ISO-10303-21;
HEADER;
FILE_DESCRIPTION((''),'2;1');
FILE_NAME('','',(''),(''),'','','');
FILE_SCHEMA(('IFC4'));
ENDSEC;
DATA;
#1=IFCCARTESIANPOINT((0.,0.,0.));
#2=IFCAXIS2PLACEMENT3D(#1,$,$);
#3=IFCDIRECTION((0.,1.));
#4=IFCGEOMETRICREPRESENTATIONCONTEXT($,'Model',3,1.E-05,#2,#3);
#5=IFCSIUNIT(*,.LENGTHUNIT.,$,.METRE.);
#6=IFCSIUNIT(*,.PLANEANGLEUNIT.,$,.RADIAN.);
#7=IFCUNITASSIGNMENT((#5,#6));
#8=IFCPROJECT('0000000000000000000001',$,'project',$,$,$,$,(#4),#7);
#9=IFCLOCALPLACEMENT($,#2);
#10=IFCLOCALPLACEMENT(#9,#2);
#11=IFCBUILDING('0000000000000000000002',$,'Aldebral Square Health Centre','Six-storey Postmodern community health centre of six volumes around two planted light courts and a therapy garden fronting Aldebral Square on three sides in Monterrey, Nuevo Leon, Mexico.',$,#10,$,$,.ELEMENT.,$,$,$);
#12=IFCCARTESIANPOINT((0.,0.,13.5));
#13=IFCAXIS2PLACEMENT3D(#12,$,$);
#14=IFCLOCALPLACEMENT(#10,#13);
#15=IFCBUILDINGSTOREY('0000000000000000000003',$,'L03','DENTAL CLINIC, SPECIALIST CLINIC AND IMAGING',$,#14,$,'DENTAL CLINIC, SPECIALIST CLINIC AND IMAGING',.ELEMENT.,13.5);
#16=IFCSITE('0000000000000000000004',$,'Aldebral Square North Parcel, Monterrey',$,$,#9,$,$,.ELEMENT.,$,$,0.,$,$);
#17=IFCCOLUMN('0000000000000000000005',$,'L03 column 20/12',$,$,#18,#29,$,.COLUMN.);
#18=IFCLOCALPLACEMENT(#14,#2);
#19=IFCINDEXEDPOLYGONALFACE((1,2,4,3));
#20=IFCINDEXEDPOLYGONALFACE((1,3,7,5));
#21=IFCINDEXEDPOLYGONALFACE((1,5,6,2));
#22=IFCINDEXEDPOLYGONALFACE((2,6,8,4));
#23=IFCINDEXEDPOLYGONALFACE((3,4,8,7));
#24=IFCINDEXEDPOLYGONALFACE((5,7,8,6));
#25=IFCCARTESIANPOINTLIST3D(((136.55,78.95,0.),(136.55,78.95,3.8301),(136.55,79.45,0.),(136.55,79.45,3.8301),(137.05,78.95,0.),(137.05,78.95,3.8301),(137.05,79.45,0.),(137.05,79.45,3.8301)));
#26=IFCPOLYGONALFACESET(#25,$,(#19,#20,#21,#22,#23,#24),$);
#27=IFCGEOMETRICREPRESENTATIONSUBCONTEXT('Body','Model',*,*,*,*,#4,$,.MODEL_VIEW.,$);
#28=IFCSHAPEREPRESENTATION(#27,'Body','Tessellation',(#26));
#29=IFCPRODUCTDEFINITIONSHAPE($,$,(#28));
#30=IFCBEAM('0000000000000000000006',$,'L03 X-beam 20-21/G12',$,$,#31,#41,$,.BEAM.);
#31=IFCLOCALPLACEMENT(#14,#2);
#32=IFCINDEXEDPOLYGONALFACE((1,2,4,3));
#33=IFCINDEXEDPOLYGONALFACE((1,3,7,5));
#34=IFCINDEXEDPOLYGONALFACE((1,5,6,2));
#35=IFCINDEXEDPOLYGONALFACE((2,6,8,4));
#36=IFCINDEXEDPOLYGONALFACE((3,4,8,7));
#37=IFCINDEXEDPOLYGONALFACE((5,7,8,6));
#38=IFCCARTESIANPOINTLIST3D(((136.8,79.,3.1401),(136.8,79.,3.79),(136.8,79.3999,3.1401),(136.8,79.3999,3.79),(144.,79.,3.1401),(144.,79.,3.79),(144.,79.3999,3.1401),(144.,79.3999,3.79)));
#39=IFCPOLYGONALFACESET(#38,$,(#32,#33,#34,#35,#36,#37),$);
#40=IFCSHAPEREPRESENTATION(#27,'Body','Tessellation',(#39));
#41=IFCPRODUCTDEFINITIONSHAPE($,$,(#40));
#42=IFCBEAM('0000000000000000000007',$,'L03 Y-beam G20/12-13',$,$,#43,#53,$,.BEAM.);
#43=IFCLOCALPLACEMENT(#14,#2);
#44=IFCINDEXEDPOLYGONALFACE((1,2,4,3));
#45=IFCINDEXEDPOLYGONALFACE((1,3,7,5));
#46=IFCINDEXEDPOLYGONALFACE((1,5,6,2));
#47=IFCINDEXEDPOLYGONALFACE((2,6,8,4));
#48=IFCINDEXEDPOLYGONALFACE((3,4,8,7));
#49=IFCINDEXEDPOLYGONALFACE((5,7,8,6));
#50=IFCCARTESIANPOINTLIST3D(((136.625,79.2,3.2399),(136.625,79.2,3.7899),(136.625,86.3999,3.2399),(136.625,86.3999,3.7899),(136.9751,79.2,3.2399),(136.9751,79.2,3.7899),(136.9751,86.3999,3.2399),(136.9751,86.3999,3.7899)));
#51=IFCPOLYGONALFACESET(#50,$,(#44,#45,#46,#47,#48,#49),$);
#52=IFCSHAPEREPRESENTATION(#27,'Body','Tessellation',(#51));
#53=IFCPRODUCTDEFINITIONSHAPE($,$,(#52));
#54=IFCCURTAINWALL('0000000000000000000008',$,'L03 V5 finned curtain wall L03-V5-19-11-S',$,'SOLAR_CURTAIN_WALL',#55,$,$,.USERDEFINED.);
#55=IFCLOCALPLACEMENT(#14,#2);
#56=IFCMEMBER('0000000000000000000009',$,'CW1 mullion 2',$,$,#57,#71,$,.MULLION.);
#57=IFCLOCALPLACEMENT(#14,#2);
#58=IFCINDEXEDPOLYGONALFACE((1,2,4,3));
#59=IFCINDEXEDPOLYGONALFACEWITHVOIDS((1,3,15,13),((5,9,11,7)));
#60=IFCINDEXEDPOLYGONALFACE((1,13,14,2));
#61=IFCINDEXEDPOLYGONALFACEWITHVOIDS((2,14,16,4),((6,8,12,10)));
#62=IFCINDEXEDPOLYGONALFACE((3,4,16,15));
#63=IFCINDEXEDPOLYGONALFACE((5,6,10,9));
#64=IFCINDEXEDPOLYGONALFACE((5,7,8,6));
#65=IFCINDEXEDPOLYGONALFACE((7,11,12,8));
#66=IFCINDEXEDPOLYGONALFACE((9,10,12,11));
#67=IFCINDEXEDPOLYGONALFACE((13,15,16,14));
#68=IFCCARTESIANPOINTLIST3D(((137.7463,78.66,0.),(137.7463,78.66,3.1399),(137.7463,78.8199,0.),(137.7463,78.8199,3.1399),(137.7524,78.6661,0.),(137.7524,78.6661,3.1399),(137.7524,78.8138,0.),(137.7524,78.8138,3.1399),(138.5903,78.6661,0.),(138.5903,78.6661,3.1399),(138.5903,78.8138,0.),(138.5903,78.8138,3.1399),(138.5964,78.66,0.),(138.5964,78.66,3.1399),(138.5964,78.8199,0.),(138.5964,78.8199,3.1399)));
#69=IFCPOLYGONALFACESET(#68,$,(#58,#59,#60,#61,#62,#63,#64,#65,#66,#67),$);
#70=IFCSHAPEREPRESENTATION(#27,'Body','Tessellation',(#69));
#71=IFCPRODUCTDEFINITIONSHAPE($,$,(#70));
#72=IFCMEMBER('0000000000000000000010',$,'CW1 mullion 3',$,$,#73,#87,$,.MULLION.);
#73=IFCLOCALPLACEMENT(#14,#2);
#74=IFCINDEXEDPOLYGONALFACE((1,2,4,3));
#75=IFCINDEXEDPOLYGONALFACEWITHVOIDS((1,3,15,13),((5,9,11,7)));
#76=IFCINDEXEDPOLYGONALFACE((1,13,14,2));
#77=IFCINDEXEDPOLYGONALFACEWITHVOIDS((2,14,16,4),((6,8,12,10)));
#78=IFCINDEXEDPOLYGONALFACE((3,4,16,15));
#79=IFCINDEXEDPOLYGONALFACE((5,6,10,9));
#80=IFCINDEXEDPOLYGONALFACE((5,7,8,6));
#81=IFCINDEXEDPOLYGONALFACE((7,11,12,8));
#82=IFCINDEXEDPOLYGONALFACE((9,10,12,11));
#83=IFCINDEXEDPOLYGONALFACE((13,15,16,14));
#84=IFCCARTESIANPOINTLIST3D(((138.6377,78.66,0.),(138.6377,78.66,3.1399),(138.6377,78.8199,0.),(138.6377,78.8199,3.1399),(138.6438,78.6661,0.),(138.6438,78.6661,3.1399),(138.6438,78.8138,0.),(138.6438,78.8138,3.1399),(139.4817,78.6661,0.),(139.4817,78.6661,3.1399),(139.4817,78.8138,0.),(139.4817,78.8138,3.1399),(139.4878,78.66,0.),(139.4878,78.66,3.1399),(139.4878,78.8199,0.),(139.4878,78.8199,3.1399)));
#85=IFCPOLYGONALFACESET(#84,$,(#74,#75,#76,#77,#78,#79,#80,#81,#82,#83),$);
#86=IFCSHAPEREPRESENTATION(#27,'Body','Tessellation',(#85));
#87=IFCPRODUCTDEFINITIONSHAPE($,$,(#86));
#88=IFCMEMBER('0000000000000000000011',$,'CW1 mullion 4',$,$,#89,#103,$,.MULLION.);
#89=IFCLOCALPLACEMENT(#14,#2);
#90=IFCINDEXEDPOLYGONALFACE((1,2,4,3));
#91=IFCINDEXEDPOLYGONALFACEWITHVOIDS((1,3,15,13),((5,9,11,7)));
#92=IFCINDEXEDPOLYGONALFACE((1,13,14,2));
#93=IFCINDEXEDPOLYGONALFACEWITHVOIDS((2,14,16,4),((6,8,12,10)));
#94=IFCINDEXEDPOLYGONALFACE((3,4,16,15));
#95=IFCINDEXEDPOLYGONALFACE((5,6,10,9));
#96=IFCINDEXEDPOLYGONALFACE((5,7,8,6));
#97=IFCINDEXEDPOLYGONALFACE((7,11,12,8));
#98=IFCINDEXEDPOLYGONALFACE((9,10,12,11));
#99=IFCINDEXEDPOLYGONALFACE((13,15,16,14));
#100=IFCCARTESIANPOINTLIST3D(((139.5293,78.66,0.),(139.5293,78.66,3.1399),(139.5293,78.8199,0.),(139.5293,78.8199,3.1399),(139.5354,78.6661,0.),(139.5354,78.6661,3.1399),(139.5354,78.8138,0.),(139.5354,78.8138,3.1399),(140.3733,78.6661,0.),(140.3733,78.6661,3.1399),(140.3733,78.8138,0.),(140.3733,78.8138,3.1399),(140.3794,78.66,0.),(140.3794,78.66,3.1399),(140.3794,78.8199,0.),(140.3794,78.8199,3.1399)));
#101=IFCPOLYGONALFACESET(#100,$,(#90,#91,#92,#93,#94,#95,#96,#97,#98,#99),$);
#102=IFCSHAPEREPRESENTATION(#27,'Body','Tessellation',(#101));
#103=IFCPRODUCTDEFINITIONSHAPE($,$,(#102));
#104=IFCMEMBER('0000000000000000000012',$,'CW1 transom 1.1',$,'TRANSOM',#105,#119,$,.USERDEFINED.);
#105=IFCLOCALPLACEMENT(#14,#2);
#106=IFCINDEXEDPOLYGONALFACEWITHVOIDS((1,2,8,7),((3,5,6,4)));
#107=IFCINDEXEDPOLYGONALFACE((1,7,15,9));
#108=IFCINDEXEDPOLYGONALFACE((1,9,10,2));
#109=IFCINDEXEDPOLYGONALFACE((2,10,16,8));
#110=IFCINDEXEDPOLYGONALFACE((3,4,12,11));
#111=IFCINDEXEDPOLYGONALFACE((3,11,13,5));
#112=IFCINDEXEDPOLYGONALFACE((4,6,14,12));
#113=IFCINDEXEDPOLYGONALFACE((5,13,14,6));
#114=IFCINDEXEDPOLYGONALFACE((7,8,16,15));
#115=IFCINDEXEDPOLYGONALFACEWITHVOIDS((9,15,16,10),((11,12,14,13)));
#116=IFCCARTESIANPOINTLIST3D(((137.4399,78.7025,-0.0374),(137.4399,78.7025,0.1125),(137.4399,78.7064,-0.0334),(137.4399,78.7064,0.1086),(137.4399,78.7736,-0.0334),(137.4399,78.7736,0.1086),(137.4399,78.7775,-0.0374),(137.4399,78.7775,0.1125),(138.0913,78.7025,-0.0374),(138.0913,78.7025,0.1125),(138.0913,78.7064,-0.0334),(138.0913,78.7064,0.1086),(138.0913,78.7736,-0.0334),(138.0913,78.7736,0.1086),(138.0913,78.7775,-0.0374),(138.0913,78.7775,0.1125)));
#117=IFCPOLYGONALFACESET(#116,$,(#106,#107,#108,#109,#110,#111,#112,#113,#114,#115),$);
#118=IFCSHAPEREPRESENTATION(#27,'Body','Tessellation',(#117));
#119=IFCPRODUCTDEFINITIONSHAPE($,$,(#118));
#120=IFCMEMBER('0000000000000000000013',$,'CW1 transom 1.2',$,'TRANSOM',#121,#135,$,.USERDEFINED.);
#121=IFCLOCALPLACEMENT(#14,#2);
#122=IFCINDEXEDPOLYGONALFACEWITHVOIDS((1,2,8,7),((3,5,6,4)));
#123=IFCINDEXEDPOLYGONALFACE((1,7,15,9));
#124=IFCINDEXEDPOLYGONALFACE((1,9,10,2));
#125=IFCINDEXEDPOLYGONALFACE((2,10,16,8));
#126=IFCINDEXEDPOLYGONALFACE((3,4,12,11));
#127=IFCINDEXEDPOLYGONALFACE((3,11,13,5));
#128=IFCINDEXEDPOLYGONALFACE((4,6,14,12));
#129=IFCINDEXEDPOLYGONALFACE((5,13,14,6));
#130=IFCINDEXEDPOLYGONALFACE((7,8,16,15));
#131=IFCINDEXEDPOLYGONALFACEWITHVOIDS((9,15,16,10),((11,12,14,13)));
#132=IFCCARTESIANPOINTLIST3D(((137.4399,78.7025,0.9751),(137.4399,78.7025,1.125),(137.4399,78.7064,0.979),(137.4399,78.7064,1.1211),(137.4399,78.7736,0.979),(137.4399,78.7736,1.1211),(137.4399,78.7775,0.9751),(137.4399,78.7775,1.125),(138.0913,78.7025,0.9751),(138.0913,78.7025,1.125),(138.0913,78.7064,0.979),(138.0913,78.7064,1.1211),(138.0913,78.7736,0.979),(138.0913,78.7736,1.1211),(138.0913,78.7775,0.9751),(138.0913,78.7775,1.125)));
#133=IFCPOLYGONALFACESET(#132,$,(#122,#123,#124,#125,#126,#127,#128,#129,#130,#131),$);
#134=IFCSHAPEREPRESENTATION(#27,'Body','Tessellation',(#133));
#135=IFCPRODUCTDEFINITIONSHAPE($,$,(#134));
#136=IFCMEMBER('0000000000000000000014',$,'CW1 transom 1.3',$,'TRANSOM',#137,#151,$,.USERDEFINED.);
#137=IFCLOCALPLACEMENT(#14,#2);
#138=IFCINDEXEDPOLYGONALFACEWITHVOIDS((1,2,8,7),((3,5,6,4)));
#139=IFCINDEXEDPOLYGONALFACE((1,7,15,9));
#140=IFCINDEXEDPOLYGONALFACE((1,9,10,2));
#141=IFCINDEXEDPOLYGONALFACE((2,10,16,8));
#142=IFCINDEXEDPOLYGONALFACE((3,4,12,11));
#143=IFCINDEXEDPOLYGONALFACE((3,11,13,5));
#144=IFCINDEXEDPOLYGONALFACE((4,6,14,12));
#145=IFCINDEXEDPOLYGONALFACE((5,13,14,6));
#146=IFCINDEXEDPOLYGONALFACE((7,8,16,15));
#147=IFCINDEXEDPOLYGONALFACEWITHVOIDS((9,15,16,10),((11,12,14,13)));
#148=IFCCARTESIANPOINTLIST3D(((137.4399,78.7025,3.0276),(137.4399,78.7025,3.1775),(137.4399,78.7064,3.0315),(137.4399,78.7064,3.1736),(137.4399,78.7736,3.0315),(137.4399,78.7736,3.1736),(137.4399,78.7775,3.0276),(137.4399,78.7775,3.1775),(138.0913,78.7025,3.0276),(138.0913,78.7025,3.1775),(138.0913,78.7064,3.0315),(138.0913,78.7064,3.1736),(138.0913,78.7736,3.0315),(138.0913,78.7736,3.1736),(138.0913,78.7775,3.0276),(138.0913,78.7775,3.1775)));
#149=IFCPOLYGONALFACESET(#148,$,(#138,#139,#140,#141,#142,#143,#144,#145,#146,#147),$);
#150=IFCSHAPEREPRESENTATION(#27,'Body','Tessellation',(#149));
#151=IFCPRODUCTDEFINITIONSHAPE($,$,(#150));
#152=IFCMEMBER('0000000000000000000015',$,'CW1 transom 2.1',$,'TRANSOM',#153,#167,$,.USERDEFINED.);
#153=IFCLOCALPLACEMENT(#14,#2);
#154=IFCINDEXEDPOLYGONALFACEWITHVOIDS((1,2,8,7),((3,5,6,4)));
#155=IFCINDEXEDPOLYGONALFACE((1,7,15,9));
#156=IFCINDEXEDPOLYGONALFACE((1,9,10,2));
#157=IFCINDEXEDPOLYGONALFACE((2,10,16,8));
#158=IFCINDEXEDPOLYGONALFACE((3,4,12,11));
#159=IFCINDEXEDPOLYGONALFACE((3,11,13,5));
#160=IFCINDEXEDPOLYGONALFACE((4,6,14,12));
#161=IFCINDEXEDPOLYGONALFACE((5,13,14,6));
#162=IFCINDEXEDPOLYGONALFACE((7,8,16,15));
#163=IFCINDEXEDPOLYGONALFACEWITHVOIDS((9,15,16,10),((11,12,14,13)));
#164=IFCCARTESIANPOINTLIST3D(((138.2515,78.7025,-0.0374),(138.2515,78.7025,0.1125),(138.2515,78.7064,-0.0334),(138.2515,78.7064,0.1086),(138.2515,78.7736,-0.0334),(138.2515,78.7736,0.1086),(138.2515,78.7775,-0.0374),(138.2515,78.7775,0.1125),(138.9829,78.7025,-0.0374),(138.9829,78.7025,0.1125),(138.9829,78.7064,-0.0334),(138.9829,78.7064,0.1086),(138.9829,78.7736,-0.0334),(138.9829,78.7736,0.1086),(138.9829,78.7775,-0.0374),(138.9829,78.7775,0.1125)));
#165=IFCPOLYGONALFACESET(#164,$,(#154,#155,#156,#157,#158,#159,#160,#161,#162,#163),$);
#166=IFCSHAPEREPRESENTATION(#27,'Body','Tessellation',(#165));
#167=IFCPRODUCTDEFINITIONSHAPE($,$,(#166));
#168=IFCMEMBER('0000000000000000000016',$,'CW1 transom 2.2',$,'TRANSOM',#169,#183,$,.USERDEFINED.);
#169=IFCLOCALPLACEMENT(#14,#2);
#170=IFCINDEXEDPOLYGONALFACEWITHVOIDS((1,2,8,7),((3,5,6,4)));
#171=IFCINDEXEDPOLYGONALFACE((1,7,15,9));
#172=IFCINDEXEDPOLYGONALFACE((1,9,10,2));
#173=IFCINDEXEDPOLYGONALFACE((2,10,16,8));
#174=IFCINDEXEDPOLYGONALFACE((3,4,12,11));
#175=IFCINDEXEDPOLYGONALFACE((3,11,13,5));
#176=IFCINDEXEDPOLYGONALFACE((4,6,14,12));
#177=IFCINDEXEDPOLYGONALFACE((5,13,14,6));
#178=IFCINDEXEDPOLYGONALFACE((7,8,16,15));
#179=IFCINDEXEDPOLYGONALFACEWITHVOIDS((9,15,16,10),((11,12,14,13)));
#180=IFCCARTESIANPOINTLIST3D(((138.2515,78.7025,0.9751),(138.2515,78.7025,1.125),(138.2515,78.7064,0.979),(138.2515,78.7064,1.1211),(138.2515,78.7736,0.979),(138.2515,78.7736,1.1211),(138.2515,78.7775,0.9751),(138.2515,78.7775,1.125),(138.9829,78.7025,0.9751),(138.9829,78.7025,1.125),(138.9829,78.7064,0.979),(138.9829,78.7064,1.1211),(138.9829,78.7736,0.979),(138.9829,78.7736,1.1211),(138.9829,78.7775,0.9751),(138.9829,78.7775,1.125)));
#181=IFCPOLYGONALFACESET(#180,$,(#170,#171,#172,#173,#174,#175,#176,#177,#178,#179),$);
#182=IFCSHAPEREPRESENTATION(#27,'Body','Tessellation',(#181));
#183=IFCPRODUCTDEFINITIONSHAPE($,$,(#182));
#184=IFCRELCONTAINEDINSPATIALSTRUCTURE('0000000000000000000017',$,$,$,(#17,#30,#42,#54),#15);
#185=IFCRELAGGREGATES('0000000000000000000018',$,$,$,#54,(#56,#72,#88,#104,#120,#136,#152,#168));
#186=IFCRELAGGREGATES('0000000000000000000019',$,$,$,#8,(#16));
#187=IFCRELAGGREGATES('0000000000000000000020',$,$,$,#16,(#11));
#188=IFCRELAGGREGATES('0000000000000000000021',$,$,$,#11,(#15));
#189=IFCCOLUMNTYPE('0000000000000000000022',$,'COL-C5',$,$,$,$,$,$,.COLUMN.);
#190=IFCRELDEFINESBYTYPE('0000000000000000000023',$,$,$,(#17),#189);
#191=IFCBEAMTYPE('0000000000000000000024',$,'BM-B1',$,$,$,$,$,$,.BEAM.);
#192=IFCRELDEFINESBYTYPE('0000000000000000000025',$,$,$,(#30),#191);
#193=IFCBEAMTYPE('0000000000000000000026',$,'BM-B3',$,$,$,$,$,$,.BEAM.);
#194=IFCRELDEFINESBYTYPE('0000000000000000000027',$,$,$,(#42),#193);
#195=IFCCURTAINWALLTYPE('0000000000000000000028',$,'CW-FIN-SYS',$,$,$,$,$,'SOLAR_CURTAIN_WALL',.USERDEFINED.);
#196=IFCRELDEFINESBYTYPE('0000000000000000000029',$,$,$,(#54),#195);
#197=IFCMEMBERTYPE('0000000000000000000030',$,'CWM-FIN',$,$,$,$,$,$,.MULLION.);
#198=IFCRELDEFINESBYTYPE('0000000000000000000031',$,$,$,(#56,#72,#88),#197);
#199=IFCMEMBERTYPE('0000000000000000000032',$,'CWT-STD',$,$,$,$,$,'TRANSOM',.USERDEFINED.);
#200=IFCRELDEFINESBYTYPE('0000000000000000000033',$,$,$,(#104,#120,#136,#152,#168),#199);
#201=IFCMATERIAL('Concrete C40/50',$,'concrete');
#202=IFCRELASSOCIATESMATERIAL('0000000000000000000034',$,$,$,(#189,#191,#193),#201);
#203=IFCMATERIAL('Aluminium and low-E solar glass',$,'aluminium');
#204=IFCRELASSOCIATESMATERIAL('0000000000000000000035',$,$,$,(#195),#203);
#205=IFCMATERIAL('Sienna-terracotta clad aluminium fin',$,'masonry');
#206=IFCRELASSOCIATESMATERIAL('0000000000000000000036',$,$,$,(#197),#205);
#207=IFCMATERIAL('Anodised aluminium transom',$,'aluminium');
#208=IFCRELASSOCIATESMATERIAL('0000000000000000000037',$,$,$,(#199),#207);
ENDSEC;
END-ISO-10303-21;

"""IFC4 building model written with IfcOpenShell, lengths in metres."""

from ifc_helpers import new_model, si_unit, direction, frame, origin, origin_2d, place, context, subcontext, project, spatial, rectangle, hollow_rectangle, extrude, material, material_profile, profile_set, type_object, element, aggregate, save


model = new_model("IFC4")

# Units and contexts
model_context = context("Model", 3, precision=1e-05, world=origin(), true_north=direction((0.0, 1.0)))
body_context = subcontext(model_context, "Body", "Model", "MODEL_VIEW")
ifc_project = project(units=[si_unit("LENGTHUNIT", "METRE"), si_unit("PLANEANGLEUNIT", "RADIAN")], contexts=[model_context])

# Site, building, storey
site_placement = place(None, origin())
site = spatial("IfcSite", under=ifc_project, at=site_placement, Name="Aldebral Square North Parcel, Monterrey", CompositionType="ELEMENT", RefElevation=0.0)
building_placement = place(site_placement, origin())
building = spatial("IfcBuilding", under=site, at=building_placement, Name="Aldebral Square Health Centre", Description="Six-storey Postmodern community health centre of six volumes around two planted light courts and a therapy garden fronting Aldebral Square on three sides in Monterrey, Nuevo Leon, Mexico.", CompositionType="ELEMENT")
storey_placement = place(building_placement, frame((0.0, 0.0, 13.5)))
storey = spatial("IfcBuildingStorey", under=building, at=storey_placement, Name="L03", Description="DENTAL CLINIC, SPECIALIST CLINIC AND IMAGING", LongName="DENTAL CLINIC, SPECIALIST CLINIC AND IMAGING", CompositionType="ELEMENT", Elevation=13.5)

# Column
ifc_material_1 = material(Name="Concrete C40/50", Category="concrete")
ifc_material_profile_1 = material_profile(ifc_material_1, rectangle(XDim=0.5, YDim=0.5, at=origin_2d()), Name="RC 500x500")
ifc_profile_set_1 = profile_set([ifc_material_profile_1], Name="Concrete C40/50")
column_type = type_object("IfcColumnType", Name="COL-C5", PredefinedType="COLUMN", material=ifc_profile_set_1)
column_placement = place(storey_placement, frame((136.8, 79.2, 0.0), z_axis=(0.0, 0.0, 1.0), x_axis=(1.0, 0.0, 0.0)))
element("IfcColumn", 1, at=column_placement, inside=storey, type_object=column_type, Name="L03 column 20/12", PredefinedType="COLUMN", context=body_context, shape_type="SweptSolid", body=[
    extrude(rectangle(XDim=0.5, YDim=0.5, at=origin_2d()), origin(), (0.0, 0.0, 1.0), 3.8301),
])

# Beams
ifc_material_profile_2 = material_profile(ifc_material_1, rectangle(XDim=0.3999, YDim=0.6499, at=origin_2d()), Name="RC 400x650")
ifc_profile_set_2 = profile_set([ifc_material_profile_2], Name="Concrete C40/50")
beam_type_1 = type_object("IfcBeamType", Name="BM-B1", PredefinedType="BEAM", material=ifc_profile_set_2)
beam_1_placement = place(storey_placement, frame((136.8, 79.2, 3.4651), z_axis=(1.0, 0.0, 0.0), x_axis=(0.0, 1.0, 0.0)))
element("IfcBeam", 2, at=beam_1_placement, inside=storey, type_object=beam_type_1, Name="L03 X-beam 20-21/G12", PredefinedType="BEAM", context=body_context, shape_type="SweptSolid", body=[
    extrude(rectangle(XDim=0.3999, YDim=0.6499, at=origin_2d()), origin(), (0.0, 0.0, 1.0), 7.2),
])
ifc_material_profile_3 = material_profile(ifc_material_1, rectangle(XDim=0.3501, YDim=0.55, at=origin_2d()), Name="RC 350x550")
ifc_profile_set_3 = profile_set([ifc_material_profile_3], Name="Concrete C40/50")
beam_type_2 = type_object("IfcBeamType", Name="BM-B3", PredefinedType="BEAM", material=ifc_profile_set_3)
beam_2_placement = place(storey_placement, frame((136.8, 79.2, 3.5149), z_axis=(0.0, 1.0, 0.0), x_axis=(-1.0, 0.0, 0.0)))
element("IfcBeam", 3, at=beam_2_placement, inside=storey, type_object=beam_type_2, Name="L03 Y-beam G20/12-13", PredefinedType="BEAM", context=body_context, shape_type="SweptSolid", body=[
    extrude(rectangle(XDim=0.3501, YDim=0.55, at=origin_2d()), origin(), (0.0, 0.0, 1.0), 7.2),
])

# Curtain wall, members
ifc_material_2 = material(Name="Aluminium and low-E solar glass", Category="aluminium")
curtain_wall_type = type_object("IfcCurtainWallType", Name="CW-FIN-SYS", ElementType="SOLAR_CURTAIN_WALL", PredefinedType="USERDEFINED", material=ifc_material_2)
curtain_wall_placement = place(storey_placement, origin())
curtain_wall = element("IfcCurtainWall", 4, at=curtain_wall_placement, inside=storey, type_object=curtain_wall_type, Name="L03 V5 finned curtain wall L03-V5-19-11-S", ObjectType="SOLAR_CURTAIN_WALL", PredefinedType="USERDEFINED")
ifc_material_3 = material(Name="Sienna-terracotta clad aluminium fin", Category="masonry")
ifc_material_profile_4 = material_profile(ifc_material_3, hollow_rectangle(XDim=0.1599, YDim=0.8501, WallThickness=0.0061, at=origin_2d()), Name="FIN 160x850x6")
ifc_profile_set_4 = profile_set([ifc_material_profile_4], Name="Sienna-terracotta clad aluminium fin")
member_type_1 = type_object("IfcMemberType", Name="CWM-FIN", PredefinedType="MULLION", material=ifc_profile_set_4)
member_1_placement = place(storey_placement, frame((138.1714, 78.74, 0.0), z_axis=(0.0, 0.0, 1.0), x_axis=(0.0, 1.0, 0.0)))
member_1 = element("IfcMember", 5, at=member_1_placement, type_object=member_type_1, Name="CW1 mullion 2", PredefinedType="MULLION", context=body_context, shape_type="SweptSolid", body=[
    extrude(hollow_rectangle(XDim=0.1599, YDim=0.8501, WallThickness=0.0061, at=origin_2d()), origin(), (0.0, 0.0, 1.0), 3.1399),
])
member_2_placement = place(storey_placement, frame((139.0627, 78.74, 0.0), z_axis=(0.0, 0.0, 1.0), x_axis=(0.0, 1.0, 0.0)))
member_2 = element("IfcMember", 6, at=member_2_placement, type_object=member_type_1, Name="CW1 mullion 3", PredefinedType="MULLION", context=body_context, shape_type="SweptSolid", body=[
    extrude(hollow_rectangle(XDim=0.1599, YDim=0.8501, WallThickness=0.0061, at=origin_2d()), origin(), (0.0, 0.0, 1.0), 3.1399),
])
member_3_placement = place(storey_placement, frame((139.9543, 78.74, 0.0), z_axis=(0.0, 0.0, 1.0), x_axis=(0.0, 1.0, 0.0)))
member_3 = element("IfcMember", 7, at=member_3_placement, type_object=member_type_1, Name="CW1 mullion 4", PredefinedType="MULLION", context=body_context, shape_type="SweptSolid", body=[
    extrude(hollow_rectangle(XDim=0.1599, YDim=0.8501, WallThickness=0.0061, at=origin_2d()), origin(), (0.0, 0.0, 1.0), 3.1399),
])
ifc_material_4 = material(Name="Anodised aluminium transom", Category="aluminium")
ifc_material_profile_5 = material_profile(ifc_material_4, hollow_rectangle(XDim=0.075, YDim=0.1499, WallThickness=0.0039, at=origin_2d()), Name="CWT 75x150x4")
ifc_profile_set_5 = profile_set([ifc_material_profile_5], Name="Anodised aluminium transom")
member_type_2 = type_object("IfcMemberType", Name="CWT-STD", ElementType="TRANSOM", PredefinedType="USERDEFINED", material=ifc_profile_set_5)
member_4_placement = place(storey_placement, frame((137.4399, 78.74, 0.0376), z_axis=(1.0, 0.0, 0.0), x_axis=(0.0, 1.0, 0.0)))
member_4 = element("IfcMember", 8, at=member_4_placement, type_object=member_type_2, Name="CW1 transom 1.1", ObjectType="TRANSOM", PredefinedType="USERDEFINED", context=body_context, shape_type="SweptSolid", body=[
    extrude(hollow_rectangle(XDim=0.075, YDim=0.1499, WallThickness=0.0039, at=origin_2d()), origin(), (0.0, 0.0, 1.0), 0.6514),
])
member_5_placement = place(storey_placement, frame((137.4399, 78.74, 1.05), z_axis=(1.0, 0.0, 0.0), x_axis=(0.0, 1.0, 0.0)))
member_5 = element("IfcMember", 9, at=member_5_placement, type_object=member_type_2, Name="CW1 transom 1.2", ObjectType="TRANSOM", PredefinedType="USERDEFINED", context=body_context, shape_type="SweptSolid", body=[
    extrude(hollow_rectangle(XDim=0.075, YDim=0.1499, WallThickness=0.0039, at=origin_2d()), origin(), (0.0, 0.0, 1.0), 0.6514),
])
member_6_placement = place(storey_placement, frame((137.4399, 78.74, 3.1025), z_axis=(1.0, 0.0, 0.0), x_axis=(0.0, 1.0, 0.0)))
member_6 = element("IfcMember", 10, at=member_6_placement, type_object=member_type_2, Name="CW1 transom 1.3", ObjectType="TRANSOM", PredefinedType="USERDEFINED", context=body_context, shape_type="SweptSolid", body=[
    extrude(hollow_rectangle(XDim=0.075, YDim=0.1499, WallThickness=0.0039, at=origin_2d()), origin(), (0.0, 0.0, 1.0), 0.6514),
])
member_7_placement = place(storey_placement, frame((138.2515, 78.74, 0.0376), z_axis=(1.0, 0.0, 0.0), x_axis=(0.0, 1.0, 0.0)))
member_7 = element("IfcMember", 11, at=member_7_placement, type_object=member_type_2, Name="CW1 transom 2.1", ObjectType="TRANSOM", PredefinedType="USERDEFINED", context=body_context, shape_type="SweptSolid", body=[
    extrude(hollow_rectangle(XDim=0.075, YDim=0.1499, WallThickness=0.0039, at=origin_2d()), origin(), (0.0, 0.0, 1.0), 0.7314),
])
member_8_placement = place(storey_placement, frame((138.2515, 78.74, 1.05), z_axis=(1.0, 0.0, 0.0), x_axis=(0.0, 1.0, 0.0)))
member_8 = element("IfcMember", 12, at=member_8_placement, type_object=member_type_2, Name="CW1 transom 2.2", ObjectType="TRANSOM", PredefinedType="USERDEFINED", context=body_context, shape_type="SweptSolid", body=[
    extrude(hollow_rectangle(XDim=0.075, YDim=0.1499, WallThickness=0.0039, at=origin_2d()), origin(), (0.0, 0.0, 1.0), 0.7314),
])
aggregate(curtain_wall, [member_1, member_2, member_3, member_4, member_5, member_6, member_7, member_8])

save(model, "model.ifc")
